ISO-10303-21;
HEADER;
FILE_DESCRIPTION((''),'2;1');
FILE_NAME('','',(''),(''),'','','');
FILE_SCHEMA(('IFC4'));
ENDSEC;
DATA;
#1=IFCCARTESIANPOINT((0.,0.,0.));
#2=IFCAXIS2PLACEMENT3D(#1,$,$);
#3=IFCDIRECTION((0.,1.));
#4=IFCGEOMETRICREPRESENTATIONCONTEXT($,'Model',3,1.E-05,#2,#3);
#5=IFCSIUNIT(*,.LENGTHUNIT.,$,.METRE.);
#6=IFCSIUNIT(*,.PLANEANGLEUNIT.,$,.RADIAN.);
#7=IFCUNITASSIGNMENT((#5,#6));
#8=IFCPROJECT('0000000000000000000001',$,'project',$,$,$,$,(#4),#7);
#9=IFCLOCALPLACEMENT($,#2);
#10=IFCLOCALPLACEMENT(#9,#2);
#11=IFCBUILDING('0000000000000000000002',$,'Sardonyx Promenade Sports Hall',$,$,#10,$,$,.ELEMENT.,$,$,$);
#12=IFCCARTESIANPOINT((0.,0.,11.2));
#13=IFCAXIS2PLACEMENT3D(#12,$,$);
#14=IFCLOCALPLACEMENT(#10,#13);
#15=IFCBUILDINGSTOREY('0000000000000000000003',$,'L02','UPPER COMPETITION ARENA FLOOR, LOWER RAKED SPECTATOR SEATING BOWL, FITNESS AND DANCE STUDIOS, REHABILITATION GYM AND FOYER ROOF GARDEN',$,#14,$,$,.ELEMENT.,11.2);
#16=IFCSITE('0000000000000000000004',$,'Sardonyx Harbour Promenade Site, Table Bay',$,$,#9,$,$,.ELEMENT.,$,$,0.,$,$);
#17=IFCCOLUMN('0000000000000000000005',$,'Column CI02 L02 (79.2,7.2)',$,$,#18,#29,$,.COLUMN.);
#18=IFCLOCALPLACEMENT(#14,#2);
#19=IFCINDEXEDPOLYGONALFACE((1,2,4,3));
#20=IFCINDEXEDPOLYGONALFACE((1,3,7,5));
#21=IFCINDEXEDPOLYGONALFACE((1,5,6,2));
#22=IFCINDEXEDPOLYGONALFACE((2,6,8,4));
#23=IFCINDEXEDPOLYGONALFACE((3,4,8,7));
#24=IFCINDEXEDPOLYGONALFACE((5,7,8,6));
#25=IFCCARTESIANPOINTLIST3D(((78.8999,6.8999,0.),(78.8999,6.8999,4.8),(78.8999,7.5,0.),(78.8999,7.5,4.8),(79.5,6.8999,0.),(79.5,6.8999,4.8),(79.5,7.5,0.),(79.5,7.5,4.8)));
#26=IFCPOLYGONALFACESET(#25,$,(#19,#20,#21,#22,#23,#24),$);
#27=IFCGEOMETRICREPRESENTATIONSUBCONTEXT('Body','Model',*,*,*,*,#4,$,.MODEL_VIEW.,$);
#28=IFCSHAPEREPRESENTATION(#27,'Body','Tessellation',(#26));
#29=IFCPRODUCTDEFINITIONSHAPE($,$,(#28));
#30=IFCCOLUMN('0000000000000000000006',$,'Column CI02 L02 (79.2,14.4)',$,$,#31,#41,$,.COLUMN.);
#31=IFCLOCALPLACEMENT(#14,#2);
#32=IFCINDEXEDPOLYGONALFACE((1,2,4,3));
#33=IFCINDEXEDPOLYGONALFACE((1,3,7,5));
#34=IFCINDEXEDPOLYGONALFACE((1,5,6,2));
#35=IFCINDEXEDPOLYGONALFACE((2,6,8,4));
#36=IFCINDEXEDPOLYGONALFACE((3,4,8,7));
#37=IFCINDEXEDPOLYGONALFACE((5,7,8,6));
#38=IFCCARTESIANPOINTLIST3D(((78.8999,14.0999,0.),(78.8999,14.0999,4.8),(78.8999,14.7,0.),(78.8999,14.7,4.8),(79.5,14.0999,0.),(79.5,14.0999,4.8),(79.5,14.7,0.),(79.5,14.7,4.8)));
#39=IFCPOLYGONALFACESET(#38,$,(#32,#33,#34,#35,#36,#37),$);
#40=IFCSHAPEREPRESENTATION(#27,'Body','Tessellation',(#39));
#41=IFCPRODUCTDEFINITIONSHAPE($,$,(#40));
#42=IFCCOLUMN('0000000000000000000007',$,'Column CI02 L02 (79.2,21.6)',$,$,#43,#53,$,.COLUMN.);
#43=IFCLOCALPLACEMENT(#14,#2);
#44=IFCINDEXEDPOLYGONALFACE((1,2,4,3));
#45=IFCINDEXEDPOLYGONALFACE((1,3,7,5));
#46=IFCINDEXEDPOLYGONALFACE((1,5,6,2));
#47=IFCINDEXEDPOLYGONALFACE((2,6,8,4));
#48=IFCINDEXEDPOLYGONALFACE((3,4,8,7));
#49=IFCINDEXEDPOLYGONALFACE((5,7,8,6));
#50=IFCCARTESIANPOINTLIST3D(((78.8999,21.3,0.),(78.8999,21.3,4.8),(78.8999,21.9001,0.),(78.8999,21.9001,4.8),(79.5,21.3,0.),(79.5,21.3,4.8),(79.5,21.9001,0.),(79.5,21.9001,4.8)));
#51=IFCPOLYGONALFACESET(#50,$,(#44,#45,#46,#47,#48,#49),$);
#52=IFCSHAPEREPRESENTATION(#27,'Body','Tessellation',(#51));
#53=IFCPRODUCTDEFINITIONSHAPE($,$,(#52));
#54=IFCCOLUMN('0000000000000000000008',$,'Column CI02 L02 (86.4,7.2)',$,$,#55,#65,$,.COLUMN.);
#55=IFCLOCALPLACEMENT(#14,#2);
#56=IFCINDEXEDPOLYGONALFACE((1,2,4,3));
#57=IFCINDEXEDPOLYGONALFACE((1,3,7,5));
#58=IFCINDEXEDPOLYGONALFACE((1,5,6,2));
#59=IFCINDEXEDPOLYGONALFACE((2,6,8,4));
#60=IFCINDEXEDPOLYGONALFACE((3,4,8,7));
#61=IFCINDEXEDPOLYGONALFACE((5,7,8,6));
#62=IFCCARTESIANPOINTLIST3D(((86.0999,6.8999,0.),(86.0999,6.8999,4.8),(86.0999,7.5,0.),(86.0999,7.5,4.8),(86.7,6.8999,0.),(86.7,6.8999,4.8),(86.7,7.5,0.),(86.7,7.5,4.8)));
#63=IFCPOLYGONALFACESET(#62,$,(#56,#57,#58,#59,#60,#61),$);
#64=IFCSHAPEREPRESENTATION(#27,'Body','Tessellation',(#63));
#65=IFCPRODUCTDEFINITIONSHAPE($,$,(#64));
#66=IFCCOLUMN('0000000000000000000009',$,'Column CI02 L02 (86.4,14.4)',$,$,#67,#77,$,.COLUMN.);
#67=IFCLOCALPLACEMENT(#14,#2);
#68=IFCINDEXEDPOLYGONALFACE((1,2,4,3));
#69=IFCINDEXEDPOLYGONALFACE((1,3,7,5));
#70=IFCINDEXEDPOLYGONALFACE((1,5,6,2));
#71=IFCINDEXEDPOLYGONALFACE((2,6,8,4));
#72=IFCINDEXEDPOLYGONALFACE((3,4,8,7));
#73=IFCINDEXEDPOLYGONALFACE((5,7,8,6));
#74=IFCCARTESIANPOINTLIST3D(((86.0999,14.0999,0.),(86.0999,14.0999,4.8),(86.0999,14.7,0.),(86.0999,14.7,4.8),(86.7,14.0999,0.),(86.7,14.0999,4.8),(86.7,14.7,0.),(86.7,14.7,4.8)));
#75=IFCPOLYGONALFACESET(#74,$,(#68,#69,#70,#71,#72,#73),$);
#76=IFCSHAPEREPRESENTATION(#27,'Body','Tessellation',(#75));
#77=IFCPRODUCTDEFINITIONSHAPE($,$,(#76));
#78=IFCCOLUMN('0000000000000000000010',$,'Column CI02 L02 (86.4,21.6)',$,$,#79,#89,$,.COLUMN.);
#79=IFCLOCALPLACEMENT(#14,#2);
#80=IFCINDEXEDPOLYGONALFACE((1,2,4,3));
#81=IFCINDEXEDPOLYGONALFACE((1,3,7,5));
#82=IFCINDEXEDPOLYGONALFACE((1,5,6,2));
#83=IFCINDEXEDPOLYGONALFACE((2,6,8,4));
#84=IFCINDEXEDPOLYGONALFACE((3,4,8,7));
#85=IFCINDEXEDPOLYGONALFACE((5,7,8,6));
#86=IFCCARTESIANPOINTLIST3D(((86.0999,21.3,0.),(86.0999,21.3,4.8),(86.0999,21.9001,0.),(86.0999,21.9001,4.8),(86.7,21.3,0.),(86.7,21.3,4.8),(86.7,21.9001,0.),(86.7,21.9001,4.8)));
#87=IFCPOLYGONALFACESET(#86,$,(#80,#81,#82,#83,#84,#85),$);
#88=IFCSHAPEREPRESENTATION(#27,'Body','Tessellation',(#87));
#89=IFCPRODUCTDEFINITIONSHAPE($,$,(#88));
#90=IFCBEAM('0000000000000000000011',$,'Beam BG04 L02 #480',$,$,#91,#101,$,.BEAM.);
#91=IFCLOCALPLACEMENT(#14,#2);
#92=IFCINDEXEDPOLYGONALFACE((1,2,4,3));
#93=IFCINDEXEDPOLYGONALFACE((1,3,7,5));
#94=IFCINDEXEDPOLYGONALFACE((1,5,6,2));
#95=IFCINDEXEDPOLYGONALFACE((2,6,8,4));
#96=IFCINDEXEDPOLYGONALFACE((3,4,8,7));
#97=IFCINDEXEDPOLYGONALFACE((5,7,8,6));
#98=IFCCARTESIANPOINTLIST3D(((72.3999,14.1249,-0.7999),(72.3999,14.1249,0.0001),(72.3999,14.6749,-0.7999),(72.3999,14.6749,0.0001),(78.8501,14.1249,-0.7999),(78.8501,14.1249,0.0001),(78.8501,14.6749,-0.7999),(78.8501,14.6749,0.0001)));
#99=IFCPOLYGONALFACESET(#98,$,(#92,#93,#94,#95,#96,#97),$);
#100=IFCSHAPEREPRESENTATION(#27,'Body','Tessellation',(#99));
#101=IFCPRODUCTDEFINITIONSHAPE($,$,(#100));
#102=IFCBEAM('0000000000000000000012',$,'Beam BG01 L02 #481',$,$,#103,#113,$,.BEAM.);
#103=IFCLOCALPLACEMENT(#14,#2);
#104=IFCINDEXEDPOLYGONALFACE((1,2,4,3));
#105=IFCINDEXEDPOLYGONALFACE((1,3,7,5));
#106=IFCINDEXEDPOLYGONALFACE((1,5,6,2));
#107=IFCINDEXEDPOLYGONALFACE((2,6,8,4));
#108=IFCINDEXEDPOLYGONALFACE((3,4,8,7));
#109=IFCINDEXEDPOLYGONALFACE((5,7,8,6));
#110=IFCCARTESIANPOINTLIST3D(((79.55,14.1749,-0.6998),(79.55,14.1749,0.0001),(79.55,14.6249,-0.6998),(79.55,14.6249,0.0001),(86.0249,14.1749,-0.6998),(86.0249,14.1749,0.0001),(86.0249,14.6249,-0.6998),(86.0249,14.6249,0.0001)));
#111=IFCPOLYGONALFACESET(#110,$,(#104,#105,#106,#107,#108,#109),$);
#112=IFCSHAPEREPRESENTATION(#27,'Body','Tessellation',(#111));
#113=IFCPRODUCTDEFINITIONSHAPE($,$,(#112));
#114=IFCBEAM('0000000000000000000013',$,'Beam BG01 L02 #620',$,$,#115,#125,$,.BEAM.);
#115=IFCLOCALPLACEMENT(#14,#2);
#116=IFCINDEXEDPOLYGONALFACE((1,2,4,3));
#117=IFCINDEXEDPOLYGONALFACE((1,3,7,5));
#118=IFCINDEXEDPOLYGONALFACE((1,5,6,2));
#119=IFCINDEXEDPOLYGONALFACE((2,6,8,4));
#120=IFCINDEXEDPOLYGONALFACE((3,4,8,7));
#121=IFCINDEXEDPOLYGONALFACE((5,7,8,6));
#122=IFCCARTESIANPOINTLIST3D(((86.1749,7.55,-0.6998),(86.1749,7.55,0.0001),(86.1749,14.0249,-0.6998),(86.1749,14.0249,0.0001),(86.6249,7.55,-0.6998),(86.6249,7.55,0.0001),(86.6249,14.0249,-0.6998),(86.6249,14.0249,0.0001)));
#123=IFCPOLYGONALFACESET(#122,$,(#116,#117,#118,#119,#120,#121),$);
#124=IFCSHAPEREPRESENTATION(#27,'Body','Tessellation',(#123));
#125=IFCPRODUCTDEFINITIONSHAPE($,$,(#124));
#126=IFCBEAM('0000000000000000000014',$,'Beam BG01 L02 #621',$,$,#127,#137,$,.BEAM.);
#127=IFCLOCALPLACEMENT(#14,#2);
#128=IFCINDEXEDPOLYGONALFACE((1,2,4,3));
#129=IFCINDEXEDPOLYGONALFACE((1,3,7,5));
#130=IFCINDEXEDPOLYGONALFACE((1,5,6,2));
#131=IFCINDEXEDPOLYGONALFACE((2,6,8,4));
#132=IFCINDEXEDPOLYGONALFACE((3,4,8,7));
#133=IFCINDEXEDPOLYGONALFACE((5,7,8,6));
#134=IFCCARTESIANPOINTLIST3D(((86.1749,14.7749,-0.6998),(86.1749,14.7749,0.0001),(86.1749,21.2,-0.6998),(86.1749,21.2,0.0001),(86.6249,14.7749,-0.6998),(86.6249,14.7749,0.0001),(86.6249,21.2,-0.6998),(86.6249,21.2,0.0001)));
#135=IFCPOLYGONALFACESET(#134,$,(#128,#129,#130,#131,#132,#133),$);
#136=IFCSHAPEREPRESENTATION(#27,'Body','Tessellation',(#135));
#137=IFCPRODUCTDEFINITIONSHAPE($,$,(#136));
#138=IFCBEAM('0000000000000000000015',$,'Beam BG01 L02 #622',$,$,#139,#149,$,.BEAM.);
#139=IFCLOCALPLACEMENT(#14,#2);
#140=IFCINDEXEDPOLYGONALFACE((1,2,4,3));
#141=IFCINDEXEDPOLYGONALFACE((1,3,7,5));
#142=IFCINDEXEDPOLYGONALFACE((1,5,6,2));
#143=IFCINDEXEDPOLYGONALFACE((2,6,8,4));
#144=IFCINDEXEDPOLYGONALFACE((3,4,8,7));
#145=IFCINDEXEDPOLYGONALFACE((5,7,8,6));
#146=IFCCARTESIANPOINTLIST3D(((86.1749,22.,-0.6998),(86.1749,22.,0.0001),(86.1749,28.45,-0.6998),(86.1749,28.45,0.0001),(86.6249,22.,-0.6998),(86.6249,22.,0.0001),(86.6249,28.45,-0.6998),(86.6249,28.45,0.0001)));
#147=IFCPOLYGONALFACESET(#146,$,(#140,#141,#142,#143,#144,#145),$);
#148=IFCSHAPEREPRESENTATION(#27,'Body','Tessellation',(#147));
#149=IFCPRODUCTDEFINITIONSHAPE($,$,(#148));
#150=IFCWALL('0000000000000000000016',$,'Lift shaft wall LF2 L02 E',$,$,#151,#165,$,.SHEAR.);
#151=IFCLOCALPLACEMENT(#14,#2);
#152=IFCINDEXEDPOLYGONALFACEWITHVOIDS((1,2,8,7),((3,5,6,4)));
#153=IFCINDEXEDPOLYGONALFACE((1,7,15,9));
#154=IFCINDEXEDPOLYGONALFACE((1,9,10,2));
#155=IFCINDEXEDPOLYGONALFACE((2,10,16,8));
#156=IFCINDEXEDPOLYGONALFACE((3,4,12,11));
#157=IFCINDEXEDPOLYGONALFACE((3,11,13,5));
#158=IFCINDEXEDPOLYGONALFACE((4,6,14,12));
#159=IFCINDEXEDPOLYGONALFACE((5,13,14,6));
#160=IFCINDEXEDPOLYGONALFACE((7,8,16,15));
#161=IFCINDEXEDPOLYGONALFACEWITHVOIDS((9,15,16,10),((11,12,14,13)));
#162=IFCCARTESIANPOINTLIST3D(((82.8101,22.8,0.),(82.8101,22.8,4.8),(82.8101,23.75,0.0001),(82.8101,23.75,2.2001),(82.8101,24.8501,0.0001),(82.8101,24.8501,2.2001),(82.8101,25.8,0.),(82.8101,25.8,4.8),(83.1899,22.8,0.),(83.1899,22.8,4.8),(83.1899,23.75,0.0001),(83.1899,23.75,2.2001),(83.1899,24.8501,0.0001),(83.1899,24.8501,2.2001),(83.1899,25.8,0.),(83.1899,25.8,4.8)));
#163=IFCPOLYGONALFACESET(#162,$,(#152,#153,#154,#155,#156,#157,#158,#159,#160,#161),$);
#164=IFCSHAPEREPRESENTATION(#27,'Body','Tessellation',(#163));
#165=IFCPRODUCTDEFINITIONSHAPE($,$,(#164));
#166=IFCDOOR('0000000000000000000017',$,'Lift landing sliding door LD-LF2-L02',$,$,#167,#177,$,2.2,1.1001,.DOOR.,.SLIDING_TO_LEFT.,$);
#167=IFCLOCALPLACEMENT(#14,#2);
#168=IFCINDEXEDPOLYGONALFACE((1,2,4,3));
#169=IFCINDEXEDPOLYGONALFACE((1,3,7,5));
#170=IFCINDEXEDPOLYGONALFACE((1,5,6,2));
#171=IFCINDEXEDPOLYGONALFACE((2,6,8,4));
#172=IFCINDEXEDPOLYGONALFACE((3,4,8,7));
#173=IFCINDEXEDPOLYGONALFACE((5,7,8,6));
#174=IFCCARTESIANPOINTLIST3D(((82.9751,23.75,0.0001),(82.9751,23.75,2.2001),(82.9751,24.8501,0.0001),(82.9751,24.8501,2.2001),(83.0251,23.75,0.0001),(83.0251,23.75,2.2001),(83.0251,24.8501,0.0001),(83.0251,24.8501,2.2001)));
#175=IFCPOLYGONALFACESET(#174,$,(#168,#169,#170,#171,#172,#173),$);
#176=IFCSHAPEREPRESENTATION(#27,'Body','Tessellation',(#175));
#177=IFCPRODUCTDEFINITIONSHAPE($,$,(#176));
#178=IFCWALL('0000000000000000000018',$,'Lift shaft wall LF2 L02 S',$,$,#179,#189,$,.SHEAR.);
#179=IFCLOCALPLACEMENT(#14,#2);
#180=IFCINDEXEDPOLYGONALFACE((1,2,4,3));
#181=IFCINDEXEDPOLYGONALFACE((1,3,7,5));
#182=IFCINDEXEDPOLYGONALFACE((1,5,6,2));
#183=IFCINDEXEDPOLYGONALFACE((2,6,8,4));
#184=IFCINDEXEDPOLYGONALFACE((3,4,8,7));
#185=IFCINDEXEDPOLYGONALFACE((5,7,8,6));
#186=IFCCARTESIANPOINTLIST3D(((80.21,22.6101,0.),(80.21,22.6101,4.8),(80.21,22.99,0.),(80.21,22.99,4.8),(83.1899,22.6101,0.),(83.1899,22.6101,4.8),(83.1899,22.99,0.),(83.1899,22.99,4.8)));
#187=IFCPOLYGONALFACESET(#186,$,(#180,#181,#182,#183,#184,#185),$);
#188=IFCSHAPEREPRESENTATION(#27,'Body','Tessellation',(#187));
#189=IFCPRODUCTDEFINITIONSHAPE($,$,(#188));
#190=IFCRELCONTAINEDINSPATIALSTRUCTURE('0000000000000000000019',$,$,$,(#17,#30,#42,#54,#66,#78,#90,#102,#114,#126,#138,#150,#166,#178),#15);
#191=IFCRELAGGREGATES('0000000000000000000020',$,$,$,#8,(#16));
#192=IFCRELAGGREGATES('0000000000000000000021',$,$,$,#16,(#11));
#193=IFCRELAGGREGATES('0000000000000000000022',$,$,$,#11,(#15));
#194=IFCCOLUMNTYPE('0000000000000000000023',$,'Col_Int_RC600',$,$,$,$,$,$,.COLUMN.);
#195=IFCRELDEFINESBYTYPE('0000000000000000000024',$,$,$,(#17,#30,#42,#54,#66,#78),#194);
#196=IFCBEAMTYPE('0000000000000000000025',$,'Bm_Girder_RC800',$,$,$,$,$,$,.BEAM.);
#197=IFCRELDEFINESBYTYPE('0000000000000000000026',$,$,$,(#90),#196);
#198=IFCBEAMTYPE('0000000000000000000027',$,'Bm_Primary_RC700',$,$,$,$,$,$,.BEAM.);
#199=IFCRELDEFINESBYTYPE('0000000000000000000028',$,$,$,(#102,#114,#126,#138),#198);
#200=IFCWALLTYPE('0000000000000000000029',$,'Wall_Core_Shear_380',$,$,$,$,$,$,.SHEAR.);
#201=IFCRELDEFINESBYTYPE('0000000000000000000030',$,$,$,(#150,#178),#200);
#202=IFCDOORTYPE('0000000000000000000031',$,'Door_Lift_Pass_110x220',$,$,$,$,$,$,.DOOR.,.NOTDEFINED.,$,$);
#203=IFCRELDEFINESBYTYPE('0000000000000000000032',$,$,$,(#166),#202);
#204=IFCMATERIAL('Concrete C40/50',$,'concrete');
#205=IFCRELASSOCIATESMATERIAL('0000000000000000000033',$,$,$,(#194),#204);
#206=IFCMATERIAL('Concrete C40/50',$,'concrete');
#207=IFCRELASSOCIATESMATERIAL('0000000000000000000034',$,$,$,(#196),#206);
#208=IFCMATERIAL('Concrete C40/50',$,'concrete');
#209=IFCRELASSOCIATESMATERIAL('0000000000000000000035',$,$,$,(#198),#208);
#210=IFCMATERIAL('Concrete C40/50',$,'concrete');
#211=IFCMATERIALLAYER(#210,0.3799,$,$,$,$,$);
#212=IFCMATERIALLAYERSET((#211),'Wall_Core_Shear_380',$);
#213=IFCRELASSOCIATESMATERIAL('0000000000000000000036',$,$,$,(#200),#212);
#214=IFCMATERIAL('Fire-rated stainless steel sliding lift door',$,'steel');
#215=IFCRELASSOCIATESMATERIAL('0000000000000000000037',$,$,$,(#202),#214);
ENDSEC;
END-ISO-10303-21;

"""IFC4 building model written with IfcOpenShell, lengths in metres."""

from ifc_helpers import new_model, si_unit, direction, frame, frame_2d, origin, origin_2d, place, context, subcontext, project, spatial, rectangle, extrude, material, layer, layer_set, material_profile, profile_set, type_object, element, fill, save


model = new_model("IFC4")

# Units and contexts
model_context = context("Model", 3, precision=1e-05, world=origin(), true_north=direction((0.0, 1.0)))
body_context = subcontext(model_context, "Body", "Model", "MODEL_VIEW")
ifc_project = project(units=[si_unit("LENGTHUNIT", "METRE"), si_unit("PLANEANGLEUNIT", "RADIAN")], contexts=[model_context])

# Site, building, storey
site_placement = place(None, origin())
site = spatial("IfcSite", under=ifc_project, at=site_placement, Name="Sardonyx Harbour Promenade Site, Table Bay", CompositionType="ELEMENT", RefElevation=0.0)
building_placement = place(site_placement, origin())
building = spatial("IfcBuilding", under=site, at=building_placement, Name="Sardonyx Promenade Sports Hall", CompositionType="ELEMENT")
storey_placement = place(building_placement, frame((0.0, 0.0, 11.2)))
storey = spatial("IfcBuildingStorey", under=building, at=storey_placement, Name="L02", Description="UPPER COMPETITION ARENA FLOOR, LOWER RAKED SPECTATOR SEATING BOWL, FITNESS AND DANCE STUDIOS, REHABILITATION GYM AND FOYER ROOF GARDEN", CompositionType="ELEMENT", Elevation=11.2)

# Columns
ifc_material_1 = material(Name="Concrete C40/50", Category="concrete")
ifc_material_profile_1 = material_profile(ifc_material_1, rectangle(XDim=0.6001, YDim=0.6001, at=origin_2d()))
ifc_profile_set_1 = profile_set([ifc_material_profile_1], Name="Concrete C40/50")
column_type = type_object("IfcColumnType", Name="Col_Int_RC600", PredefinedType="COLUMN", material=ifc_profile_set_1)
for number, where, z_axis, x_axis, name in (
    (1, (79.2, 7.2, 0.0), (0.0, 0.0, 1.0), (1.0, 0.0, 0.0), "Column CI02 L02 (79.2,7.2)"),
    (2, (79.2, 14.3999, 0.0), (0.0, 0.0, 1.0), (1.0, 0.0, 0.0), "Column CI02 L02 (79.2,14.4)"),
    (3, (79.2, 21.6001, 0.0), (0.0, 0.0, 1.0), (1.0, 0.0, 0.0), "Column CI02 L02 (79.2,21.6)"),
    (4, (86.3999, 7.2, 0.0), (0.0, 0.0, 1.0), (1.0, 0.0, 0.0), "Column CI02 L02 (86.4,7.2)"),
    (5, (86.3999, 14.3999, 0.0), (0.0, 0.0, 1.0), (1.0, 0.0, 0.0), "Column CI02 L02 (86.4,14.4)"),
    (6, (86.3999, 21.6001, 0.0), (0.0, 0.0, 1.0), (1.0, 0.0, 0.0), "Column CI02 L02 (86.4,21.6)"),
):
    element("IfcColumn", number, at=place(storey_placement, frame(where, z_axis=z_axis, x_axis=x_axis)), inside=storey, type_object=column_type, Name=name, PredefinedType="COLUMN", context=body_context, shape_type="SweptSolid", body=[
        extrude(rectangle(XDim=0.6001, YDim=0.6001, at=origin_2d()), origin(), (0.0, 0.0, 1.0), 4.8),
    ])

# Beams
ifc_material_2 = material(Name="Concrete C40/50", Category="concrete")
ifc_material_profile_2 = material_profile(ifc_material_2, rectangle(XDim=0.55, YDim=0.8, at=origin_2d()))
ifc_profile_set_2 = profile_set([ifc_material_profile_2], Name="Concrete C40/50")
beam_type_1 = type_object("IfcBeamType", Name="Bm_Girder_RC800", PredefinedType="BEAM", material=ifc_profile_set_2)
beam_1_placement = place(storey_placement, frame((72.3999, 14.3999, -0.3999), z_axis=(1.0, 0.0, 0.0), x_axis=(0.0, 1.0, 0.0)))
element("IfcBeam", 7, at=beam_1_placement, inside=storey, type_object=beam_type_1, Name="Beam BG04 L02 #480", PredefinedType="BEAM", context=body_context, shape_type="SweptSolid", body=[
    extrude(rectangle(XDim=0.55, YDim=0.8, at=origin_2d()), origin(), (0.0, 0.0, 1.0), 6.4502),
])
ifc_material_3 = material(Name="Concrete C40/50", Category="concrete")
ifc_material_profile_3 = material_profile(ifc_material_3, rectangle(XDim=0.45, YDim=0.7, at=origin_2d()))
ifc_profile_set_3 = profile_set([ifc_material_profile_3], Name="Concrete C40/50")
beam_type_2 = type_object("IfcBeamType", Name="Bm_Primary_RC700", PredefinedType="BEAM", material=ifc_profile_set_3)
for number, where, z_axis, x_axis, name in (
    (8, (79.55, 14.3999, -0.3499), (1.0, 0.0, 0.0), (0.0, 1.0, 0.0), "Beam BG01 L02 #481"),
    (9, (86.3999, 7.55, -0.3499), (0.0, 1.0, 0.0), (-1.0, 0.0, 0.0), "Beam BG01 L02 #620"),
):
    element("IfcBeam", number, at=place(storey_placement, frame(where, z_axis=z_axis, x_axis=x_axis)), inside=storey, type_object=beam_type_2, Name=name, PredefinedType="BEAM", context=body_context, shape_type="SweptSolid", body=[
        extrude(rectangle(XDim=0.45, YDim=0.7, at=origin_2d()), origin(), (0.0, 0.0, 1.0), 6.4749),
    ])
beam_2_placement = place(storey_placement, frame((86.3999, 14.7749, -0.3499), z_axis=(0.0, 1.0, 0.0), x_axis=(-1.0, 0.0, 0.0)))
element("IfcBeam", 10, at=beam_2_placement, inside=storey, type_object=beam_type_2, Name="Beam BG01 L02 #621", PredefinedType="BEAM", context=body_context, shape_type="SweptSolid", body=[
    extrude(rectangle(XDim=0.45, YDim=0.7, at=origin_2d()), origin(), (0.0, 0.0, 1.0), 6.425),
])
beam_3_placement = place(storey_placement, frame((86.3999, 22.0, -0.3499), z_axis=(0.0, 1.0, 0.0), x_axis=(-1.0, 0.0, 0.0)))
element("IfcBeam", 11, at=beam_3_placement, inside=storey, type_object=beam_type_2, Name="Beam BG01 L02 #622", PredefinedType="BEAM", context=body_context, shape_type="SweptSolid", body=[
    extrude(rectangle(XDim=0.45, YDim=0.7, at=origin_2d()), origin(), (0.0, 0.0, 1.0), 6.45),
])

# Wall, opening, door
ifc_material_4 = material(Name="Concrete C40/50", Category="concrete")
ifc_layer_1 = layer(ifc_material_4, 0.3799)
ifc_layer_set_1 = layer_set([ifc_layer_1], Name="Wall_Core_Shear_380")
wall_type_1 = type_object("IfcWallType", Name="Wall_Core_Shear_380", PredefinedType="SHEAR", material=ifc_layer_set_1)
wall_1_placement = place(storey_placement, frame((83.0, 22.8, 0.0), z_axis=(0.0, 0.0, 1.0), x_axis=(0.0, 1.0, 0.0)))
wall_1 = element("IfcWall", 12, at=wall_1_placement, inside=storey, type_object=wall_type_1, Name="Lift shaft wall LF2 L02 E", PredefinedType="SHEAR", context=body_context, shape_type="SweptSolid", body=[
    extrude(rectangle(XDim=3.0, YDim=0.3799, at=frame_2d((1.5, 0.0))), origin(), (0.0, 0.0, 1.0), 4.8),
])
opening_1_placement = place(wall_1_placement, frame((0.95, 0.0, 0.0)))
opening_1 = element("IfcOpeningElement", 13, at=opening_1_placement, cuts=wall_1, PredefinedType="OPENING", context=body_context, shape_type="SweptSolid", body=[
    extrude(rectangle(XDim=1.1001, YDim=2.2, at=frame_2d((0.55, 1.1001))), frame((0.0, 0.2, 0.0), z_axis=(0.0, -1.0, 0.0), x_axis=(1.0, 0.0, 0.0)), (0.0, 0.0, 1.0), 0.4),
])
ifc_material_5 = material(Name="Fire-rated stainless steel sliding lift door", Category="steel")
door_type_1 = type_object("IfcDoorType", Name="Door_Lift_Pass_110x220", OperationType="NOTDEFINED", PredefinedType="DOOR", material=ifc_material_5)
door_1_placement = place(opening_1_placement, origin())
door_1 = element("IfcDoor", 14, at=door_1_placement, inside=storey, type_object=door_type_1, Name="Lift landing sliding door LD-LF2-L02", OperationType="SLIDING_TO_LEFT", OverallHeight=2.2, OverallWidth=1.1001, PredefinedType="DOOR", context=body_context, shape_type="SweptSolid", body=[
    extrude(rectangle(XDim=1.1001, YDim=2.2, at=frame_2d((0.55, 1.1001))), frame((0.0, 0.0249, 0.0), z_axis=(0.0, -1.0, 0.0), x_axis=(1.0, 0.0, 0.0)), (0.0, 0.0, 1.0), 0.05),
])
fill(opening_1, door_1)

# Wall
wall_2_placement = place(storey_placement, frame((83.1899, 22.8, 0.0), z_axis=(0.0, 0.0, 1.0), x_axis=(-1.0, 0.0, 0.0)))
element("IfcWall", 15, at=wall_2_placement, inside=storey, type_object=wall_type_1, Name="Lift shaft wall LF2 L02 S", PredefinedType="SHEAR", context=body_context, shape_type="SweptSolid", body=[
    extrude(rectangle(XDim=2.98, YDim=0.3799, at=frame_2d((1.49, 0.0))), origin(), (0.0, 0.0, 1.0), 4.8),
])

save(model, "model.ifc")
